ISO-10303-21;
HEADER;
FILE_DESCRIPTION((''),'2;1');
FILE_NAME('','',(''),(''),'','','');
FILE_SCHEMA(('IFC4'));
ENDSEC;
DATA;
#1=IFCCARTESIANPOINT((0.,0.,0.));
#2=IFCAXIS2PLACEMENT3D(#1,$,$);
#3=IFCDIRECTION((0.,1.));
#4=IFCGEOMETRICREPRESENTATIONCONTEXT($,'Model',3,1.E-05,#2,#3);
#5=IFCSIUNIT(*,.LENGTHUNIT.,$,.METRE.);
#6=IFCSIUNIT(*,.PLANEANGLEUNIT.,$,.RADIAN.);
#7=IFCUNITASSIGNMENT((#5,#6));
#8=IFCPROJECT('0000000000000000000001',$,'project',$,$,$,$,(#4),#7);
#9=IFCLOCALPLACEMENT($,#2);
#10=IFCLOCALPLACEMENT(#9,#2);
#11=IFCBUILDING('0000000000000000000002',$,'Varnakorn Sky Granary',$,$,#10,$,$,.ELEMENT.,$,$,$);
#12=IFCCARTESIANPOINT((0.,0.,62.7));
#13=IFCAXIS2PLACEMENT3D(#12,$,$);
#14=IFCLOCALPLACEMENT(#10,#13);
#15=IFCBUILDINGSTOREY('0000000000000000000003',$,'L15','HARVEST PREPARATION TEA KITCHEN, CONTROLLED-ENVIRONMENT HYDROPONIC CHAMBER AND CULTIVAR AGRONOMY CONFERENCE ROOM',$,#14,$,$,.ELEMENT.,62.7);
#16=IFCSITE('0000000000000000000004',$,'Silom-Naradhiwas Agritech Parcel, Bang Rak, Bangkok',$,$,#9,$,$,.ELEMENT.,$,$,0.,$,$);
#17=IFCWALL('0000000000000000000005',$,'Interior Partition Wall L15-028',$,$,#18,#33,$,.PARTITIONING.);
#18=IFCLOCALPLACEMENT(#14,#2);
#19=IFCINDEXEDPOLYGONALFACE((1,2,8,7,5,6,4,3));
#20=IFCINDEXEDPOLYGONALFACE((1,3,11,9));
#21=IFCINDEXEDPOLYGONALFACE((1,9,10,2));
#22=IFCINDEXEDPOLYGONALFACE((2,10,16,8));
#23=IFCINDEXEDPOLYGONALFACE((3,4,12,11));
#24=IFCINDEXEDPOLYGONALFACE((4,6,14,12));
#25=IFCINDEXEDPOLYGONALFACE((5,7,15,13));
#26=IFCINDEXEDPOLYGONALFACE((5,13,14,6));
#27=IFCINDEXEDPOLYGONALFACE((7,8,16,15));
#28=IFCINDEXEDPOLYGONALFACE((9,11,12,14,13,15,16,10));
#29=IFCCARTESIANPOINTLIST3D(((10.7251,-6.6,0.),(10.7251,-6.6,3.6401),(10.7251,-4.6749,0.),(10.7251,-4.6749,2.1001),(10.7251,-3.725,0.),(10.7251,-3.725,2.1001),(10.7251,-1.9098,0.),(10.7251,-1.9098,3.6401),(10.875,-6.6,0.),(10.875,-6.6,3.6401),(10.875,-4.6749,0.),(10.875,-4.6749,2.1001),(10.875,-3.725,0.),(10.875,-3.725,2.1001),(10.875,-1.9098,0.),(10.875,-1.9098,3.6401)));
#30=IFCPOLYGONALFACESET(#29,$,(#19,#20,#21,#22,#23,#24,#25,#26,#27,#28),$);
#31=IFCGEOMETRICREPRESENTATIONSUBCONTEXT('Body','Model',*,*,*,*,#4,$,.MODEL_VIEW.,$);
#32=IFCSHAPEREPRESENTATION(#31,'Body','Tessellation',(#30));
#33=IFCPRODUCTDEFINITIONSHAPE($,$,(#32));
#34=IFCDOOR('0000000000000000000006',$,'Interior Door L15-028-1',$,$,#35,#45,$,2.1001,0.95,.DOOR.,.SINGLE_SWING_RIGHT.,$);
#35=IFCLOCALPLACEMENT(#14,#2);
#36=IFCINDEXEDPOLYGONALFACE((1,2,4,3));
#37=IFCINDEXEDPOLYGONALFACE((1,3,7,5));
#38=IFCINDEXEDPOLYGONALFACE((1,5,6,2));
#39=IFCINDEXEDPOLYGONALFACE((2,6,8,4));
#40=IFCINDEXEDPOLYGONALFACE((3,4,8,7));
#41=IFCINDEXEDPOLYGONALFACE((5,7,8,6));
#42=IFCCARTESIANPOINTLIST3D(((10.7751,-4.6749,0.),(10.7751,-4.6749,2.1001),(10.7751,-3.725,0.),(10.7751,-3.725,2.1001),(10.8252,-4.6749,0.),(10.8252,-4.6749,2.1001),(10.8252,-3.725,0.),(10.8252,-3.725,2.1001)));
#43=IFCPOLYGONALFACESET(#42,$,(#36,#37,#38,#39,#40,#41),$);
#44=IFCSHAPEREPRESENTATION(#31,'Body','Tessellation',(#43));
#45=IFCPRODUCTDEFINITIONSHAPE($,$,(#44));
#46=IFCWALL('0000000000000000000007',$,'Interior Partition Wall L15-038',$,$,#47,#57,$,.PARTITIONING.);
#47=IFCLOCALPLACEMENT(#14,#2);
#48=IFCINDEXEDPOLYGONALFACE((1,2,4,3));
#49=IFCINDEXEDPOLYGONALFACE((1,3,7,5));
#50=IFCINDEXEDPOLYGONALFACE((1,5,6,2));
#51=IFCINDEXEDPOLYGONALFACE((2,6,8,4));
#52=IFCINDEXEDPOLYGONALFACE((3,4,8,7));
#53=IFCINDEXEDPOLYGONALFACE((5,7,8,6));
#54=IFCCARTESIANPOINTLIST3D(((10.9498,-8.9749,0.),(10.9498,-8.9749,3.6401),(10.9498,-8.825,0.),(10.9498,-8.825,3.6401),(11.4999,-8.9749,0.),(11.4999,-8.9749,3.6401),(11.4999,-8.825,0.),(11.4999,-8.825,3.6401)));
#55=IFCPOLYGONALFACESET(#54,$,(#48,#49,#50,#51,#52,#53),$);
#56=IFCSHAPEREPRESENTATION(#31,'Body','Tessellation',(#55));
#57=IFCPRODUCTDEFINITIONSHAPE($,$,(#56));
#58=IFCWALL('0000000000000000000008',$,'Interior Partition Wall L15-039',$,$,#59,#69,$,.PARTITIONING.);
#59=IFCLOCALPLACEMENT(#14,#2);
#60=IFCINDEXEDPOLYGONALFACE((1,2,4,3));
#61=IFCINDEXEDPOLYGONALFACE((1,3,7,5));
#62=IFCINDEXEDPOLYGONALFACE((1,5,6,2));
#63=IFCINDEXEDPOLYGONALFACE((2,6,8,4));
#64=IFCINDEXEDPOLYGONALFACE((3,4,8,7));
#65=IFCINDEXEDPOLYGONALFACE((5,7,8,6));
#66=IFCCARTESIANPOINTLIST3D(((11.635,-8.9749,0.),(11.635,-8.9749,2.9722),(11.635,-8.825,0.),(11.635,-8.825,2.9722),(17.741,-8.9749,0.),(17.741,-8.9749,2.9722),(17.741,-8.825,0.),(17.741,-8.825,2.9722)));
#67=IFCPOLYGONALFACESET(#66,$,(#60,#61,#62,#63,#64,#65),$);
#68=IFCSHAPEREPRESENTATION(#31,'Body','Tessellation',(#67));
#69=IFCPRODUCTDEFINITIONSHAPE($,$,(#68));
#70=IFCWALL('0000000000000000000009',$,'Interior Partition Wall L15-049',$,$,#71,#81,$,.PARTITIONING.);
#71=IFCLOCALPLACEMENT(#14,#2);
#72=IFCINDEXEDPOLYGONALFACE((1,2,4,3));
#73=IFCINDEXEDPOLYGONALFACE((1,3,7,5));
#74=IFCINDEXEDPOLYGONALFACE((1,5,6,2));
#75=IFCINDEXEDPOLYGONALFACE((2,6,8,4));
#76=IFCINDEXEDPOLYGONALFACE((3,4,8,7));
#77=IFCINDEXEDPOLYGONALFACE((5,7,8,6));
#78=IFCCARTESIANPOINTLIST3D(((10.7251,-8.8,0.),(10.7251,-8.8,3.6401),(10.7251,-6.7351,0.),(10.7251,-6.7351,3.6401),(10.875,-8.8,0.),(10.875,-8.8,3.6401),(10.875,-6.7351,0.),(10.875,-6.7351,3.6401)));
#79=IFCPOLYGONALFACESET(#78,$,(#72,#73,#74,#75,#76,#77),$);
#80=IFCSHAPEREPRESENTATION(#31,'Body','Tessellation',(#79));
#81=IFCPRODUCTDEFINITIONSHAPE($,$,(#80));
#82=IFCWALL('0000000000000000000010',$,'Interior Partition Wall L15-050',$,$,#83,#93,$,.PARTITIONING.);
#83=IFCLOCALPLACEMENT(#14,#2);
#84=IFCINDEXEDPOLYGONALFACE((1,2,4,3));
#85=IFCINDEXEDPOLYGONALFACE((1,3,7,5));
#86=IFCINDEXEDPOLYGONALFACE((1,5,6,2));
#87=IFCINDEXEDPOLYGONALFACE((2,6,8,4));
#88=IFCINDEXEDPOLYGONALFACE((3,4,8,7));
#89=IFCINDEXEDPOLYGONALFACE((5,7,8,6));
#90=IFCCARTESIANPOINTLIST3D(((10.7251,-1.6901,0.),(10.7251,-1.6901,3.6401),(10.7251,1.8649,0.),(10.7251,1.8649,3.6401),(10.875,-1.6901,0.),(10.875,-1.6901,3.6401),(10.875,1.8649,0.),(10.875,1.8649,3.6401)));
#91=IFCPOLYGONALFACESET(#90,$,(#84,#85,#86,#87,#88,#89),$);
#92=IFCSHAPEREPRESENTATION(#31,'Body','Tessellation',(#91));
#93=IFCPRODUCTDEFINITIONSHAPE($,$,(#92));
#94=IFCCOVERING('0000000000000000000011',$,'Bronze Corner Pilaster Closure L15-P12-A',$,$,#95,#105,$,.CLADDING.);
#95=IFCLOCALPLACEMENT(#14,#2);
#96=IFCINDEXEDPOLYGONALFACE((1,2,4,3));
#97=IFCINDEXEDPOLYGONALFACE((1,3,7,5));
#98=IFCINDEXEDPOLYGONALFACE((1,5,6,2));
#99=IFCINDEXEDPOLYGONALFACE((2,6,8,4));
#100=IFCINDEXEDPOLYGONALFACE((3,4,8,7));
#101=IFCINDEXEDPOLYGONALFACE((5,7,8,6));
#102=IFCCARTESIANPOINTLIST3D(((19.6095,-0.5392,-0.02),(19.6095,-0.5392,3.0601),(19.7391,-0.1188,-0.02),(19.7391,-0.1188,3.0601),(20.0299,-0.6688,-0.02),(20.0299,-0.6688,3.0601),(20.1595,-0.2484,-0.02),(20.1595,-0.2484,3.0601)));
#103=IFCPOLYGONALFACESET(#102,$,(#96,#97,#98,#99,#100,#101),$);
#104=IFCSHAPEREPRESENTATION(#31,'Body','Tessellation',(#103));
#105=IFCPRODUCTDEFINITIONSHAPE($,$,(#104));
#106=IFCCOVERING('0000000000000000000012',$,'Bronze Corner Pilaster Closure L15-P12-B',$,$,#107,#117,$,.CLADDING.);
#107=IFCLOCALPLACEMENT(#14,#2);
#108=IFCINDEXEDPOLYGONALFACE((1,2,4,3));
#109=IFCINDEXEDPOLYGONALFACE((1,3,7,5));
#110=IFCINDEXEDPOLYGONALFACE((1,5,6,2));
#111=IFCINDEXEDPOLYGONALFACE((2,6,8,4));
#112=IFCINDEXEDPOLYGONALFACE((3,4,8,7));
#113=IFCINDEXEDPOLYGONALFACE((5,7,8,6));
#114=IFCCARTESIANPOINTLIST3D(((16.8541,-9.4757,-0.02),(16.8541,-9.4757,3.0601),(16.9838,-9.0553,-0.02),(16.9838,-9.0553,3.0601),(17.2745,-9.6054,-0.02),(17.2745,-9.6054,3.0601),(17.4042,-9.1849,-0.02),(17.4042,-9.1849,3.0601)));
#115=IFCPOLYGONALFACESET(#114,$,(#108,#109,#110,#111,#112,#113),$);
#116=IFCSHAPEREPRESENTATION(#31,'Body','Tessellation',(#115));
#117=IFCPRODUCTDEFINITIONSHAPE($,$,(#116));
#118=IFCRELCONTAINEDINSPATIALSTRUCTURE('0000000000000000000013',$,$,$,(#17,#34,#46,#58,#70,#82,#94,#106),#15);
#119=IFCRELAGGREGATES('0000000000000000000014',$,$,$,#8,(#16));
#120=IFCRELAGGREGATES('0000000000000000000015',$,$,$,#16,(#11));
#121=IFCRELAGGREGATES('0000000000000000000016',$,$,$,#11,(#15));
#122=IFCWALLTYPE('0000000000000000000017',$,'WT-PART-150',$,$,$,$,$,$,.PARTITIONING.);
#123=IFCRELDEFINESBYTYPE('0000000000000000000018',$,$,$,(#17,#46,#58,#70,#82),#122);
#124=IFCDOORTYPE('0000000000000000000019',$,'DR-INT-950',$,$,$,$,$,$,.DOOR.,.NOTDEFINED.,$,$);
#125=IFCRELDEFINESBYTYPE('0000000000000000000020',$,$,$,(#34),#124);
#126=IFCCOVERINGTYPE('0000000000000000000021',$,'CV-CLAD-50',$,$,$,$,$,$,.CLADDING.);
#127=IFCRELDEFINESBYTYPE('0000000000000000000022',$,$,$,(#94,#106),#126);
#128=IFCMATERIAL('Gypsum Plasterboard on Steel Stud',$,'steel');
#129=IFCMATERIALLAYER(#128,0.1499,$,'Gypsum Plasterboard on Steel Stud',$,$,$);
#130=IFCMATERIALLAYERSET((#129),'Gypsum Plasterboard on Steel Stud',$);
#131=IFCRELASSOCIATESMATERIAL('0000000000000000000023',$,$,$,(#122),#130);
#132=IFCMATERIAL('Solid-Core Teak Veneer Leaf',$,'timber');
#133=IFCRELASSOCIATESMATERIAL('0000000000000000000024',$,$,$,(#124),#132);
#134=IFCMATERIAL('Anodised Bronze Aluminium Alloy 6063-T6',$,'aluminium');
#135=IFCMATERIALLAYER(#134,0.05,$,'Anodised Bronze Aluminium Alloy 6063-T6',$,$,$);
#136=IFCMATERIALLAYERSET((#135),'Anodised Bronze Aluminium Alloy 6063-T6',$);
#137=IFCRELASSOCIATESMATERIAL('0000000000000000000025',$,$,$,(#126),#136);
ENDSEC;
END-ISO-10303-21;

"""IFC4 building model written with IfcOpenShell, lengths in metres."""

from ifc_helpers import new_model, si_unit, direction, frame, frame_2d, origin, origin_2d, place, context, subcontext, project, spatial, rectangle, extrude, source, transform, mapped, material, layer, layer_set, type_object, type_shapes, element, fill, save


model = new_model("IFC4")

# Units and contexts
model_context = context("Model", 3, precision=1e-05, world=origin(), true_north=direction((0.0, 1.0)))
body_context = subcontext(model_context, "Body", "Model", "MODEL_VIEW")
ifc_project = project(units=[si_unit("LENGTHUNIT", "METRE"), si_unit("PLANEANGLEUNIT", "RADIAN")], contexts=[model_context])

# Site, building, storey
site_placement = place(None, origin())
site = spatial("IfcSite", under=ifc_project, at=site_placement, Name="Silom-Naradhiwas Agritech Parcel, Bang Rak, Bangkok", CompositionType="ELEMENT", RefElevation=0.0)
building_placement = place(site_placement, origin())
building = spatial("IfcBuilding", under=site, at=building_placement, Name="Varnakorn Sky Granary", CompositionType="ELEMENT")
storey_placement = place(building_placement, frame((0.0, 0.0, 62.7)))
storey = spatial("IfcBuildingStorey", under=building, at=storey_placement, Name="L15", Description="HARVEST PREPARATION TEA KITCHEN, CONTROLLED-ENVIRONMENT HYDROPONIC CHAMBER AND CULTIVAR AGRONOMY CONFERENCE ROOM", CompositionType="ELEMENT", Elevation=62.7)

# Shared definitions
ifc_material_1 = material(Name="Anodised Bronze Aluminium Alloy 6063-T6", Category="aluminium")

# Wall, opening, door
ifc_material_2 = material(Name="Gypsum Plasterboard on Steel Stud", Category="steel")
ifc_layer_1 = layer(ifc_material_2, 0.1499, Name="Gypsum Plasterboard on Steel Stud")
ifc_layer_set_1 = layer_set([ifc_layer_1], Name="Gypsum Plasterboard on Steel Stud")
wall_type_1 = type_object("IfcWallType", Name="WT-PART-150", PredefinedType="PARTITIONING", material=ifc_layer_set_1)
wall_1_placement = place(storey_placement, frame((10.8, -6.6001, 0.0), z_axis=(0.0, 0.0, 1.0), x_axis=(0.0, 1.0, 0.0)))
wall_1 = element("IfcWall", 1, at=wall_1_placement, inside=storey, type_object=wall_type_1, Name="Interior Partition Wall L15-028", PredefinedType="PARTITIONING", context=body_context, shape_type="SweptSolid", body=[
    extrude(rectangle(XDim=4.6902, YDim=0.1499, at=frame_2d((2.3452, 0.0))), origin(), (0.0, 0.0, 1.0), 3.6401),
])
opening_placement = place(wall_1_placement, frame((1.925, 0.0, 0.0)))
opening = element("IfcOpeningElement", 2, at=opening_placement, cuts=wall_1, PredefinedType="OPENING", context=body_context, shape_type="SweptSolid", body=[
    extrude(rectangle(XDim=0.95, YDim=2.1001, at=frame_2d((0.4751, 1.05))), frame((0.0, 0.085, 0.0), z_axis=(0.0, -1.0, 0.0), x_axis=(1.0, 0.0, 0.0)), (0.0, 0.0, 1.0), 0.1699),
])
ifc_material_3 = material(Name="Solid-Core Teak Veneer Leaf", Category="timber")
door_type = type_object("IfcDoorType", Name="DR-INT-950", OperationType="NOTDEFINED", PredefinedType="DOOR", material=ifc_material_3)
door_placement = place(opening_placement, origin())
door = element("IfcDoor", 3, at=door_placement, inside=storey, type_object=door_type, Name="Interior Door L15-028-1", OperationType="SINGLE_SWING_RIGHT", OverallHeight=2.1001, OverallWidth=0.95, PredefinedType="DOOR", context=body_context, shape_type="SweptSolid", body=[
    extrude(rectangle(XDim=0.95, YDim=2.1001, at=frame_2d((0.4751, 1.05))), frame((0.0, 0.0249, 0.0), z_axis=(0.0, -1.0, 0.0), x_axis=(1.0, 0.0, 0.0)), (0.0, 0.0, 1.0), 0.05),
])
fill(opening, door)

# Walls
wall_2_placement = place(storey_placement, frame((10.95, -8.8999, 0.0), z_axis=(0.0, 0.0, 1.0), x_axis=(1.0, 0.0, 0.0)))
element("IfcWall", 4, at=wall_2_placement, inside=storey, type_object=wall_type_1, Name="Interior Partition Wall L15-038", PredefinedType="PARTITIONING", context=body_context, shape_type="SweptSolid", body=[
    extrude(rectangle(XDim=0.55, YDim=0.1499, at=frame_2d((0.2749, 0.0))), origin(), (0.0, 0.0, 1.0), 3.6401),
])
wall_3_placement = place(storey_placement, frame((11.635, -8.8999, 0.0), z_axis=(0.0, 0.0, 1.0), x_axis=(1.0, 0.0, 0.0)))
element("IfcWall", 5, at=wall_3_placement, inside=storey, type_object=wall_type_1, Name="Interior Partition Wall L15-039", PredefinedType="PARTITIONING", context=body_context, shape_type="SweptSolid", body=[
    extrude(rectangle(XDim=6.106, YDim=0.1499, at=frame_2d((3.053, 0.0))), origin(), (0.0, 0.0, 1.0), 2.9722),
])
wall_4_placement = place(storey_placement, frame((10.8, -8.8, 0.0), z_axis=(0.0, 0.0, 1.0), x_axis=(0.0, 1.0, 0.0)))
element("IfcWall", 6, at=wall_4_placement, inside=storey, type_object=wall_type_1, Name="Interior Partition Wall L15-049", PredefinedType="PARTITIONING", context=body_context, shape_type="SweptSolid", body=[
    extrude(rectangle(XDim=2.0649, YDim=0.1499, at=frame_2d((1.0325, 0.0))), origin(), (0.0, 0.0, 1.0), 3.6401),
])
wall_5_placement = place(storey_placement, frame((10.8, -1.6899, 0.0), z_axis=(0.0, 0.0, 1.0), x_axis=(0.0, 1.0, 0.0)))
element("IfcWall", 7, at=wall_5_placement, inside=storey, type_object=wall_type_1, Name="Interior Partition Wall L15-050", PredefinedType="PARTITIONING", context=body_context, shape_type="SweptSolid", body=[
    extrude(rectangle(XDim=3.5549, YDim=0.1499, at=frame_2d((1.7773, 0.0))), origin(), (0.0, 0.0, 1.0), 3.6401),
])

# Coverings
ifc_layer_2 = layer(ifc_material_1, 0.05, Name="Anodised Bronze Aluminium Alloy 6063-T6")
ifc_layer_set_2 = layer_set([ifc_layer_2], Name="Anodised Bronze Aluminium Alloy 6063-T6")
covering_type = type_object("IfcCoveringType", Name="CV-CLAD-50", PredefinedType="CLADDING", material=ifc_layer_set_2)
shared_shape = source(origin(), body_context, "Body", "SweptSolid", [
    extrude(rectangle(XDim=0.4399, YDim=0.4399, at=origin_2d()), origin(), (0.0, 0.0, 1.0), 3.0801),
])
type_shapes(covering_type, [shared_shape])
for number, where, z_axis, x_axis, name in (
    (8, (19.8845, -0.3938, -0.02), (0.0, 0.0, 1.0), (-0.294708, -0.955588, 0.0), "Bronze Corner Pilaster Closure L15-P12-A"),
    (9, (17.1292, -9.3303, -0.02), (0.0, 0.0, 1.0), (-0.294708, -0.955588, 0.0), "Bronze Corner Pilaster Closure L15-P12-B"),
):
    element("IfcCovering", number, at=place(storey_placement, frame(where, z_axis=z_axis, x_axis=x_axis)), inside=storey, type_object=covering_type, Name=name, PredefinedType="CLADDING", context=body_context, shape_type="MappedRepresentation", body=[
        mapped(shared_shape, transform((0.0, 0.0, 0.0), x_axis=(1.0, 0.0, 0.0), y_axis=(0.0, 1.0, 0.0), z_axis=(0.0, 0.0, 1.0), scale=1.0)),
    ])

save(model, "model.ifc")
